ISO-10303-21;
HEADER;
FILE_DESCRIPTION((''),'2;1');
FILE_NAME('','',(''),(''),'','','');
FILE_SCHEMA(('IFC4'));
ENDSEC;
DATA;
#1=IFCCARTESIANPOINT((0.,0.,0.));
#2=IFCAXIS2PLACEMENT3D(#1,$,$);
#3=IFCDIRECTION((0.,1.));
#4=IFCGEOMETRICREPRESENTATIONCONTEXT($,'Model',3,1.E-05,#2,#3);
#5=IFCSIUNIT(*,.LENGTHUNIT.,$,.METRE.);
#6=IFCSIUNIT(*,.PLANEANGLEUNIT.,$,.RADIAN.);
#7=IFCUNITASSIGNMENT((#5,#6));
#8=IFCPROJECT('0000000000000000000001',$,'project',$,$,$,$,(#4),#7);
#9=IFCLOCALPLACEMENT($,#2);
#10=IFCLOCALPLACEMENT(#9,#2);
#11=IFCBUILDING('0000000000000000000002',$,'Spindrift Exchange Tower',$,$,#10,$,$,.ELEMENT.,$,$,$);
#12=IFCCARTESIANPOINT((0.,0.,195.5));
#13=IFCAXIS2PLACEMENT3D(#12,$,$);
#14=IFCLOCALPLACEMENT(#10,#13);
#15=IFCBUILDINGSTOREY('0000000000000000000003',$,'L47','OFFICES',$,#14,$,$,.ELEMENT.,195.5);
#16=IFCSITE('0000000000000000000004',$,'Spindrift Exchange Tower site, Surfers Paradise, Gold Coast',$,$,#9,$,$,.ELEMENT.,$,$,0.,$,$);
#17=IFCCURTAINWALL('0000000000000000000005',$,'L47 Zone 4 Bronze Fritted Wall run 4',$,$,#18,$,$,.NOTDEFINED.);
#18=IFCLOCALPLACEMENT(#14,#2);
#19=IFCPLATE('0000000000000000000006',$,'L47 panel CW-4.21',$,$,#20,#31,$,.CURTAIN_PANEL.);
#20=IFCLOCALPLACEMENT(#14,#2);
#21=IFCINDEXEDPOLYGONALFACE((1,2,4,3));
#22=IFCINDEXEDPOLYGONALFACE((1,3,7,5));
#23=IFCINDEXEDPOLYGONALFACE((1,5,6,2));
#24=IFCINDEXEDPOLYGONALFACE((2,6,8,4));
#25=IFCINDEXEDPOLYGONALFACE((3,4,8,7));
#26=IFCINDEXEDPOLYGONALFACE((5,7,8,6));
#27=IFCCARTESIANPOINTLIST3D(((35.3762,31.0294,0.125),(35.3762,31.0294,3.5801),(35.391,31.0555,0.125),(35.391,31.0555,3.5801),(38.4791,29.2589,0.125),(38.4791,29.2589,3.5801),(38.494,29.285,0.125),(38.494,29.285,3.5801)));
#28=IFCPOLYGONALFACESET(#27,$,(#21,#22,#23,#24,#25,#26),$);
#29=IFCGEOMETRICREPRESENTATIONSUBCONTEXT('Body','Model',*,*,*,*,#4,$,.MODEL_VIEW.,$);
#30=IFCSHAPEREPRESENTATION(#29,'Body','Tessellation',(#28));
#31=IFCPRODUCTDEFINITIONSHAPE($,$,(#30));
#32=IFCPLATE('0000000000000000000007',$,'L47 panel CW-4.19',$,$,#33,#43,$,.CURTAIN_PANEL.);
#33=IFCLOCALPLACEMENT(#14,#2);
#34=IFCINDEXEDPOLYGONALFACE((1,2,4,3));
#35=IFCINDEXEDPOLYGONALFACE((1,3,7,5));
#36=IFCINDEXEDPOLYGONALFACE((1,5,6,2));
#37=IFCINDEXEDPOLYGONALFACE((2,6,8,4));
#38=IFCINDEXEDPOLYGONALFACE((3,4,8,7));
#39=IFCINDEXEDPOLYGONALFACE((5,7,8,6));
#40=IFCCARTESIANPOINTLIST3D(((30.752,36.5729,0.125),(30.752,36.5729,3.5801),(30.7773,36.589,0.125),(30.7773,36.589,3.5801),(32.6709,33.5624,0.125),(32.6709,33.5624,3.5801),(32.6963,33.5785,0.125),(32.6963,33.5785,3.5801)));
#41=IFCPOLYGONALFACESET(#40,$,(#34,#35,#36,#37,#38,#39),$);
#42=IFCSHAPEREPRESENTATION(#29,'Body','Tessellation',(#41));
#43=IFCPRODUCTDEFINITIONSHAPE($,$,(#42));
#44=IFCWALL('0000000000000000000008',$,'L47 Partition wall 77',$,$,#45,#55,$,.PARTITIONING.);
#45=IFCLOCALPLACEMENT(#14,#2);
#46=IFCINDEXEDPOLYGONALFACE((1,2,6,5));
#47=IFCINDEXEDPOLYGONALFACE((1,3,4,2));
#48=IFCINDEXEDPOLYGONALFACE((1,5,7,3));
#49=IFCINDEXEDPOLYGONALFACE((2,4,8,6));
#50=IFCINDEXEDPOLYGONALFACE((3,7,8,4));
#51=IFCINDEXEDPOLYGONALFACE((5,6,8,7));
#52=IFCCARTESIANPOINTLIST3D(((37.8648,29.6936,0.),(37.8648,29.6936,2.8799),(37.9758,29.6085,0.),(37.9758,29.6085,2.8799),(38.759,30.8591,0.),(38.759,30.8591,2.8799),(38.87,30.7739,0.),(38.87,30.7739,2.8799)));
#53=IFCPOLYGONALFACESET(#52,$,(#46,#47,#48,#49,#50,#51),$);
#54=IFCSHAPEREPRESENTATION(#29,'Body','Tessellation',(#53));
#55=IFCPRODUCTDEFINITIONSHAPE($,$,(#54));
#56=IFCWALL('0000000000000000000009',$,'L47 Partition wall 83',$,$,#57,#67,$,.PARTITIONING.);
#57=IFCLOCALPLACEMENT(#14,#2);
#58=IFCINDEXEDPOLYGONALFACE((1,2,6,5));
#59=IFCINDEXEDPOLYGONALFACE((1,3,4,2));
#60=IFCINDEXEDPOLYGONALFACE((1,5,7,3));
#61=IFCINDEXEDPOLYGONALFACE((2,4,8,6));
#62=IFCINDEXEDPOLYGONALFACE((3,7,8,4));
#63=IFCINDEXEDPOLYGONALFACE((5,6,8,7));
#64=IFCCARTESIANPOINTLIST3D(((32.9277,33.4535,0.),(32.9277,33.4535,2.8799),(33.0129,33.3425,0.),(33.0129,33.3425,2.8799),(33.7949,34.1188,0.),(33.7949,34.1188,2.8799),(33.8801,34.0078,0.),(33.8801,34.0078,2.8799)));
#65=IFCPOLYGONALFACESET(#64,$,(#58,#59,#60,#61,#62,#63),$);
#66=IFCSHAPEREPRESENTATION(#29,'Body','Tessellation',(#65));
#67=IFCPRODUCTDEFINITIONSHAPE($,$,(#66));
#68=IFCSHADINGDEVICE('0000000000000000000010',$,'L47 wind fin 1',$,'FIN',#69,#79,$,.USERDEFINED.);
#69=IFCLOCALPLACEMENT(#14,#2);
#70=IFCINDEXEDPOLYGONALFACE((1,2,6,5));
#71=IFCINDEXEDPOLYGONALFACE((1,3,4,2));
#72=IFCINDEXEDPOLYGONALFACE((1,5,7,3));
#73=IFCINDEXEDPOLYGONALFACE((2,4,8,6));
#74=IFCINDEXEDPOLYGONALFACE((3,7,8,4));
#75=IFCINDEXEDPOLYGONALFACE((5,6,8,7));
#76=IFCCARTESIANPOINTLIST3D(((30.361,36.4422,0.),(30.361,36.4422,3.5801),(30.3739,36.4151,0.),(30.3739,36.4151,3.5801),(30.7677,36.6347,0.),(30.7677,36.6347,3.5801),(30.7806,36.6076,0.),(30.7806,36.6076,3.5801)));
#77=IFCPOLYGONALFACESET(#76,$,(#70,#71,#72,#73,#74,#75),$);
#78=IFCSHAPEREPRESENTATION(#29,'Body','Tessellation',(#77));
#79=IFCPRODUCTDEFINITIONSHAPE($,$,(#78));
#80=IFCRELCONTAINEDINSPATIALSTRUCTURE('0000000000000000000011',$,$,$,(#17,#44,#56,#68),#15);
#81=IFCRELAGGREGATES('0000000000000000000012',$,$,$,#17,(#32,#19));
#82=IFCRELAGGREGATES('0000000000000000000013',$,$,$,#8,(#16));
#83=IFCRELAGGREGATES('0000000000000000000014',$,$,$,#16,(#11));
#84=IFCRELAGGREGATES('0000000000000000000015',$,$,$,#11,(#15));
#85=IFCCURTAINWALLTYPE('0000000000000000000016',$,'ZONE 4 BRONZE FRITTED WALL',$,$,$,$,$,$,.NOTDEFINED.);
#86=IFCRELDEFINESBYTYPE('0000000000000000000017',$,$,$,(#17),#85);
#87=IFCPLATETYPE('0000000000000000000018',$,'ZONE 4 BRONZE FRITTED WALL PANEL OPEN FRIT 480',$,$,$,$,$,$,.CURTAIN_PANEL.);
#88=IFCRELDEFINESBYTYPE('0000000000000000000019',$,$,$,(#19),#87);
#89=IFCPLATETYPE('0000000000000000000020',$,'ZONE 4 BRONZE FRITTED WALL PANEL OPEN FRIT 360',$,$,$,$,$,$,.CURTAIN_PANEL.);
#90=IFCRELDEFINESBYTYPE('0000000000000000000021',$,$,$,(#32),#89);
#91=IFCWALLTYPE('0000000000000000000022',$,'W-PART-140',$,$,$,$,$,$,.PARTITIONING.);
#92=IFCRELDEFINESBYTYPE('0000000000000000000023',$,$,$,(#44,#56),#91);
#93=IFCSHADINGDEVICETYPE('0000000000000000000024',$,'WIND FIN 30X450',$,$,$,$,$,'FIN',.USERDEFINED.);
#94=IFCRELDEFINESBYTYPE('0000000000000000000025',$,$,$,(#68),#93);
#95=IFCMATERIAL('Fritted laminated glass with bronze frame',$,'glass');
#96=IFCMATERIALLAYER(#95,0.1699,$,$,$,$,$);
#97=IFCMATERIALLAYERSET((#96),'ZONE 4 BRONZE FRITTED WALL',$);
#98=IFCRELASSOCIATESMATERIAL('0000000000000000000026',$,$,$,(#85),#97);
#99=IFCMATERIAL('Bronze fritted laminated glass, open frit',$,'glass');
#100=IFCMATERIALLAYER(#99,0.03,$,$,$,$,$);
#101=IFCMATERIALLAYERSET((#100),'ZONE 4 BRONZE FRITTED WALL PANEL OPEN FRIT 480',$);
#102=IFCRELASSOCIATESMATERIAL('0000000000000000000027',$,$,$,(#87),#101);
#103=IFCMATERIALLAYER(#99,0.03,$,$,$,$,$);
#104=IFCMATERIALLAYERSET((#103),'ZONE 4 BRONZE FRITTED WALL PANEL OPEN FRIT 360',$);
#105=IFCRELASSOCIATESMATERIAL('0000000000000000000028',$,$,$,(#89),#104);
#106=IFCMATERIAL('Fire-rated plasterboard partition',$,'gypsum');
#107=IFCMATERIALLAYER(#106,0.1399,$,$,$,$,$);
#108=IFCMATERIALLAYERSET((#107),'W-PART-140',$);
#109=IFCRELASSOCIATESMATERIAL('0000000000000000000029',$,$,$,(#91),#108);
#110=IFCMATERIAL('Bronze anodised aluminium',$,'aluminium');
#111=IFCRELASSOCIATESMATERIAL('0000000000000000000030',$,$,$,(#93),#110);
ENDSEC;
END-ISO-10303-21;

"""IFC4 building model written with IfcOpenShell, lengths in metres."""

from ifc_helpers import new_model, si_unit, direction, frame, frame_2d, origin, origin_2d, place, context, subcontext, project, spatial, rectangle, extrude, source, transform, mapped, material, layer, layer_set, material_profile, profile_set, type_object, element, aggregate, save


model = new_model("IFC4")

# Units and contexts
model_context = context("Model", 3, precision=1e-05, world=origin(), true_north=direction((0.0, 1.0)))
body_context = subcontext(model_context, "Body", "Model", "MODEL_VIEW")
ifc_project = project(units=[si_unit("LENGTHUNIT", "METRE"), si_unit("PLANEANGLEUNIT", "RADIAN")], contexts=[model_context])

# Site, building, storey
site_placement = place(None, origin())
site = spatial("IfcSite", under=ifc_project, at=site_placement, Name="Spindrift Exchange Tower site, Surfers Paradise, Gold Coast", CompositionType="ELEMENT", RefElevation=0.0)
building_placement = place(site_placement, origin())
building = spatial("IfcBuilding", under=site, at=building_placement, Name="Spindrift Exchange Tower", CompositionType="ELEMENT")
storey_placement = place(building_placement, frame((0.0, 0.0, 195.5)))
storey = spatial("IfcBuildingStorey", under=building, at=storey_placement, Name="L47", Description="OFFICES", CompositionType="ELEMENT", Elevation=195.5)

# Curtain wall
ifc_material_1 = material(Name="Fritted laminated glass with bronze frame", Category="glass")
ifc_layer_1 = layer(ifc_material_1, 0.1699)
ifc_layer_set_1 = layer_set([ifc_layer_1], Name="ZONE 4 BRONZE FRITTED WALL")
curtain_wall_type = type_object("IfcCurtainWallType", Name="ZONE 4 BRONZE FRITTED WALL", PredefinedType="NOTDEFINED", material=ifc_layer_set_1)
curtain_wall_placement = place(storey_placement, origin())
curtain_wall = element("IfcCurtainWall", 1, at=curtain_wall_placement, inside=storey, type_object=curtain_wall_type, Name="L47 Zone 4 Bronze Fritted Wall run 4", PredefinedType="NOTDEFINED")
ifc_material_2 = material(Name="Bronze anodised aluminium", Category="aluminium")

# Plates
ifc_material_3 = material(Name="Bronze fritted laminated glass, open frit", Category="glass")
ifc_layer_2 = layer(ifc_material_3, 0.03)
ifc_layer_set_2 = layer_set([ifc_layer_2], Name="ZONE 4 BRONZE FRITTED WALL PANEL OPEN FRIT 480")
plate_type_1 = type_object("IfcPlateType", Name="ZONE 4 BRONZE FRITTED WALL PANEL OPEN FRIT 480", PredefinedType="CURTAIN_PANEL", material=ifc_layer_set_2)
shared_shape_1 = source(origin(), body_context, "Body", "SweptSolid", [
    extrude(rectangle(XDim=3.5725, YDim=0.03, at=origin_2d()), origin(), (0.0, 0.0, 1.0), 3.4551),
])
plate_1_placement = place(storey_placement, frame((36.9351, 30.1572, 0.125), z_axis=(0.0, 0.0, 1.0), x_axis=(0.868553, -0.495597, 0.0)))
plate_1 = element("IfcPlate", 2, at=plate_1_placement, type_object=plate_type_1, Name="L47 panel CW-4.21", PredefinedType="CURTAIN_PANEL", context=body_context, shape_type="MappedRepresentation", body=[
    mapped(shared_shape_1, transform((0.0, 0.0, 0.0), scale=1.0)),
])
ifc_layer_3 = layer(ifc_material_3, 0.03)
ifc_layer_set_3 = layer_set([ifc_layer_3], Name="ZONE 4 BRONZE FRITTED WALL PANEL OPEN FRIT 360")
plate_type_2 = type_object("IfcPlateType", Name="ZONE 4 BRONZE FRITTED WALL PANEL OPEN FRIT 360", PredefinedType="CURTAIN_PANEL", material=ifc_layer_set_3)
shared_shape_2 = source(origin(), body_context, "Body", "SweptSolid", [
    extrude(rectangle(XDim=3.5701, YDim=0.03, at=origin_2d()), origin(), (0.0, 0.0, 1.0), 3.4551),
])
plate_2_placement = place(storey_placement, frame((31.7241, 35.0757, 0.125), z_axis=(0.0, 0.0, 1.0), x_axis=(0.537513, -0.843255, 0.0)))
plate_2 = element("IfcPlate", 3, at=plate_2_placement, type_object=plate_type_2, Name="L47 panel CW-4.19", PredefinedType="CURTAIN_PANEL", context=body_context, shape_type="MappedRepresentation", body=[
    mapped(shared_shape_2, transform((0.0, 0.0, 0.0), scale=1.0)),
])
aggregate(curtain_wall, [plate_2, plate_1])

# Walls
ifc_material_4 = material(Name="Fire-rated plasterboard partition", Category="gypsum")
ifc_layer_4 = layer(ifc_material_4, 0.1399)
ifc_layer_set_4 = layer_set([ifc_layer_4], Name="W-PART-140")
wall_type = type_object("IfcWallType", Name="W-PART-140", PredefinedType="PARTITIONING", material=ifc_layer_set_4)
wall_1_placement = place(storey_placement, frame((38.8145, 30.8164, 0.0), z_axis=(0.0, 0.0, 1.0), x_axis=(-0.608739, -0.793371, 0.0)))
element("IfcWall", 4, at=wall_1_placement, inside=storey, type_object=wall_type, Name="L47 Partition wall 77", PredefinedType="PARTITIONING", context=body_context, shape_type="SweptSolid", body=[
    extrude(rectangle(XDim=1.469, YDim=0.1399, at=frame_2d((0.7344, 0.0))), origin(), (0.0, 0.0, 1.0), 2.8799),
])
wall_2_placement = place(storey_placement, frame((33.8374, 34.0632, 0.0), z_axis=(0.0, 0.0, 1.0), x_axis=(-0.793412, -0.608685, 0.0)))
element("IfcWall", 5, at=wall_2_placement, inside=storey, type_object=wall_type, Name="L47 Partition wall 83", PredefinedType="PARTITIONING", context=body_context, shape_type="SweptSolid", body=[
    extrude(rectangle(XDim=1.093, YDim=0.1399, at=frame_2d((0.5464, 0.0))), origin(), (0.0, 0.0, 1.0), 2.8799),
])

# Shading device
ifc_material_profile_1 = material_profile(ifc_material_2, rectangle(XDim=0.03, YDim=0.45, at=origin_2d()), Name="WIND FIN 30X450")
ifc_profile_set_1 = profile_set([ifc_material_profile_1], Name="Bronze anodised aluminium")
shading_device_type = type_object("IfcShadingDeviceType", Name="WIND FIN 30X450", ElementType="FIN", PredefinedType="USERDEFINED", material=ifc_profile_set_1)
shared_shape_3 = source(origin(), body_context, "Body", "SweptSolid", [
    extrude(rectangle(XDim=0.03, YDim=0.45, at=origin_2d()), origin(), (0.0, 0.0, 1.0), 3.5801),
])
shading_device_placement = place(storey_placement, frame((30.5708, 36.5249, 0.0), z_axis=(0.0, 0.0, 1.0), x_axis=(0.427768, -0.903889, 0.0)))
element("IfcShadingDevice", 6, at=shading_device_placement, inside=storey, type_object=shading_device_type, Name="L47 wind fin 1", ObjectType="FIN", PredefinedType="USERDEFINED", context=body_context, shape_type="MappedRepresentation", body=[
    mapped(shared_shape_3, transform((0.0, 0.0, 0.0), scale=1.0)),
])

save(model, "model.ifc")
